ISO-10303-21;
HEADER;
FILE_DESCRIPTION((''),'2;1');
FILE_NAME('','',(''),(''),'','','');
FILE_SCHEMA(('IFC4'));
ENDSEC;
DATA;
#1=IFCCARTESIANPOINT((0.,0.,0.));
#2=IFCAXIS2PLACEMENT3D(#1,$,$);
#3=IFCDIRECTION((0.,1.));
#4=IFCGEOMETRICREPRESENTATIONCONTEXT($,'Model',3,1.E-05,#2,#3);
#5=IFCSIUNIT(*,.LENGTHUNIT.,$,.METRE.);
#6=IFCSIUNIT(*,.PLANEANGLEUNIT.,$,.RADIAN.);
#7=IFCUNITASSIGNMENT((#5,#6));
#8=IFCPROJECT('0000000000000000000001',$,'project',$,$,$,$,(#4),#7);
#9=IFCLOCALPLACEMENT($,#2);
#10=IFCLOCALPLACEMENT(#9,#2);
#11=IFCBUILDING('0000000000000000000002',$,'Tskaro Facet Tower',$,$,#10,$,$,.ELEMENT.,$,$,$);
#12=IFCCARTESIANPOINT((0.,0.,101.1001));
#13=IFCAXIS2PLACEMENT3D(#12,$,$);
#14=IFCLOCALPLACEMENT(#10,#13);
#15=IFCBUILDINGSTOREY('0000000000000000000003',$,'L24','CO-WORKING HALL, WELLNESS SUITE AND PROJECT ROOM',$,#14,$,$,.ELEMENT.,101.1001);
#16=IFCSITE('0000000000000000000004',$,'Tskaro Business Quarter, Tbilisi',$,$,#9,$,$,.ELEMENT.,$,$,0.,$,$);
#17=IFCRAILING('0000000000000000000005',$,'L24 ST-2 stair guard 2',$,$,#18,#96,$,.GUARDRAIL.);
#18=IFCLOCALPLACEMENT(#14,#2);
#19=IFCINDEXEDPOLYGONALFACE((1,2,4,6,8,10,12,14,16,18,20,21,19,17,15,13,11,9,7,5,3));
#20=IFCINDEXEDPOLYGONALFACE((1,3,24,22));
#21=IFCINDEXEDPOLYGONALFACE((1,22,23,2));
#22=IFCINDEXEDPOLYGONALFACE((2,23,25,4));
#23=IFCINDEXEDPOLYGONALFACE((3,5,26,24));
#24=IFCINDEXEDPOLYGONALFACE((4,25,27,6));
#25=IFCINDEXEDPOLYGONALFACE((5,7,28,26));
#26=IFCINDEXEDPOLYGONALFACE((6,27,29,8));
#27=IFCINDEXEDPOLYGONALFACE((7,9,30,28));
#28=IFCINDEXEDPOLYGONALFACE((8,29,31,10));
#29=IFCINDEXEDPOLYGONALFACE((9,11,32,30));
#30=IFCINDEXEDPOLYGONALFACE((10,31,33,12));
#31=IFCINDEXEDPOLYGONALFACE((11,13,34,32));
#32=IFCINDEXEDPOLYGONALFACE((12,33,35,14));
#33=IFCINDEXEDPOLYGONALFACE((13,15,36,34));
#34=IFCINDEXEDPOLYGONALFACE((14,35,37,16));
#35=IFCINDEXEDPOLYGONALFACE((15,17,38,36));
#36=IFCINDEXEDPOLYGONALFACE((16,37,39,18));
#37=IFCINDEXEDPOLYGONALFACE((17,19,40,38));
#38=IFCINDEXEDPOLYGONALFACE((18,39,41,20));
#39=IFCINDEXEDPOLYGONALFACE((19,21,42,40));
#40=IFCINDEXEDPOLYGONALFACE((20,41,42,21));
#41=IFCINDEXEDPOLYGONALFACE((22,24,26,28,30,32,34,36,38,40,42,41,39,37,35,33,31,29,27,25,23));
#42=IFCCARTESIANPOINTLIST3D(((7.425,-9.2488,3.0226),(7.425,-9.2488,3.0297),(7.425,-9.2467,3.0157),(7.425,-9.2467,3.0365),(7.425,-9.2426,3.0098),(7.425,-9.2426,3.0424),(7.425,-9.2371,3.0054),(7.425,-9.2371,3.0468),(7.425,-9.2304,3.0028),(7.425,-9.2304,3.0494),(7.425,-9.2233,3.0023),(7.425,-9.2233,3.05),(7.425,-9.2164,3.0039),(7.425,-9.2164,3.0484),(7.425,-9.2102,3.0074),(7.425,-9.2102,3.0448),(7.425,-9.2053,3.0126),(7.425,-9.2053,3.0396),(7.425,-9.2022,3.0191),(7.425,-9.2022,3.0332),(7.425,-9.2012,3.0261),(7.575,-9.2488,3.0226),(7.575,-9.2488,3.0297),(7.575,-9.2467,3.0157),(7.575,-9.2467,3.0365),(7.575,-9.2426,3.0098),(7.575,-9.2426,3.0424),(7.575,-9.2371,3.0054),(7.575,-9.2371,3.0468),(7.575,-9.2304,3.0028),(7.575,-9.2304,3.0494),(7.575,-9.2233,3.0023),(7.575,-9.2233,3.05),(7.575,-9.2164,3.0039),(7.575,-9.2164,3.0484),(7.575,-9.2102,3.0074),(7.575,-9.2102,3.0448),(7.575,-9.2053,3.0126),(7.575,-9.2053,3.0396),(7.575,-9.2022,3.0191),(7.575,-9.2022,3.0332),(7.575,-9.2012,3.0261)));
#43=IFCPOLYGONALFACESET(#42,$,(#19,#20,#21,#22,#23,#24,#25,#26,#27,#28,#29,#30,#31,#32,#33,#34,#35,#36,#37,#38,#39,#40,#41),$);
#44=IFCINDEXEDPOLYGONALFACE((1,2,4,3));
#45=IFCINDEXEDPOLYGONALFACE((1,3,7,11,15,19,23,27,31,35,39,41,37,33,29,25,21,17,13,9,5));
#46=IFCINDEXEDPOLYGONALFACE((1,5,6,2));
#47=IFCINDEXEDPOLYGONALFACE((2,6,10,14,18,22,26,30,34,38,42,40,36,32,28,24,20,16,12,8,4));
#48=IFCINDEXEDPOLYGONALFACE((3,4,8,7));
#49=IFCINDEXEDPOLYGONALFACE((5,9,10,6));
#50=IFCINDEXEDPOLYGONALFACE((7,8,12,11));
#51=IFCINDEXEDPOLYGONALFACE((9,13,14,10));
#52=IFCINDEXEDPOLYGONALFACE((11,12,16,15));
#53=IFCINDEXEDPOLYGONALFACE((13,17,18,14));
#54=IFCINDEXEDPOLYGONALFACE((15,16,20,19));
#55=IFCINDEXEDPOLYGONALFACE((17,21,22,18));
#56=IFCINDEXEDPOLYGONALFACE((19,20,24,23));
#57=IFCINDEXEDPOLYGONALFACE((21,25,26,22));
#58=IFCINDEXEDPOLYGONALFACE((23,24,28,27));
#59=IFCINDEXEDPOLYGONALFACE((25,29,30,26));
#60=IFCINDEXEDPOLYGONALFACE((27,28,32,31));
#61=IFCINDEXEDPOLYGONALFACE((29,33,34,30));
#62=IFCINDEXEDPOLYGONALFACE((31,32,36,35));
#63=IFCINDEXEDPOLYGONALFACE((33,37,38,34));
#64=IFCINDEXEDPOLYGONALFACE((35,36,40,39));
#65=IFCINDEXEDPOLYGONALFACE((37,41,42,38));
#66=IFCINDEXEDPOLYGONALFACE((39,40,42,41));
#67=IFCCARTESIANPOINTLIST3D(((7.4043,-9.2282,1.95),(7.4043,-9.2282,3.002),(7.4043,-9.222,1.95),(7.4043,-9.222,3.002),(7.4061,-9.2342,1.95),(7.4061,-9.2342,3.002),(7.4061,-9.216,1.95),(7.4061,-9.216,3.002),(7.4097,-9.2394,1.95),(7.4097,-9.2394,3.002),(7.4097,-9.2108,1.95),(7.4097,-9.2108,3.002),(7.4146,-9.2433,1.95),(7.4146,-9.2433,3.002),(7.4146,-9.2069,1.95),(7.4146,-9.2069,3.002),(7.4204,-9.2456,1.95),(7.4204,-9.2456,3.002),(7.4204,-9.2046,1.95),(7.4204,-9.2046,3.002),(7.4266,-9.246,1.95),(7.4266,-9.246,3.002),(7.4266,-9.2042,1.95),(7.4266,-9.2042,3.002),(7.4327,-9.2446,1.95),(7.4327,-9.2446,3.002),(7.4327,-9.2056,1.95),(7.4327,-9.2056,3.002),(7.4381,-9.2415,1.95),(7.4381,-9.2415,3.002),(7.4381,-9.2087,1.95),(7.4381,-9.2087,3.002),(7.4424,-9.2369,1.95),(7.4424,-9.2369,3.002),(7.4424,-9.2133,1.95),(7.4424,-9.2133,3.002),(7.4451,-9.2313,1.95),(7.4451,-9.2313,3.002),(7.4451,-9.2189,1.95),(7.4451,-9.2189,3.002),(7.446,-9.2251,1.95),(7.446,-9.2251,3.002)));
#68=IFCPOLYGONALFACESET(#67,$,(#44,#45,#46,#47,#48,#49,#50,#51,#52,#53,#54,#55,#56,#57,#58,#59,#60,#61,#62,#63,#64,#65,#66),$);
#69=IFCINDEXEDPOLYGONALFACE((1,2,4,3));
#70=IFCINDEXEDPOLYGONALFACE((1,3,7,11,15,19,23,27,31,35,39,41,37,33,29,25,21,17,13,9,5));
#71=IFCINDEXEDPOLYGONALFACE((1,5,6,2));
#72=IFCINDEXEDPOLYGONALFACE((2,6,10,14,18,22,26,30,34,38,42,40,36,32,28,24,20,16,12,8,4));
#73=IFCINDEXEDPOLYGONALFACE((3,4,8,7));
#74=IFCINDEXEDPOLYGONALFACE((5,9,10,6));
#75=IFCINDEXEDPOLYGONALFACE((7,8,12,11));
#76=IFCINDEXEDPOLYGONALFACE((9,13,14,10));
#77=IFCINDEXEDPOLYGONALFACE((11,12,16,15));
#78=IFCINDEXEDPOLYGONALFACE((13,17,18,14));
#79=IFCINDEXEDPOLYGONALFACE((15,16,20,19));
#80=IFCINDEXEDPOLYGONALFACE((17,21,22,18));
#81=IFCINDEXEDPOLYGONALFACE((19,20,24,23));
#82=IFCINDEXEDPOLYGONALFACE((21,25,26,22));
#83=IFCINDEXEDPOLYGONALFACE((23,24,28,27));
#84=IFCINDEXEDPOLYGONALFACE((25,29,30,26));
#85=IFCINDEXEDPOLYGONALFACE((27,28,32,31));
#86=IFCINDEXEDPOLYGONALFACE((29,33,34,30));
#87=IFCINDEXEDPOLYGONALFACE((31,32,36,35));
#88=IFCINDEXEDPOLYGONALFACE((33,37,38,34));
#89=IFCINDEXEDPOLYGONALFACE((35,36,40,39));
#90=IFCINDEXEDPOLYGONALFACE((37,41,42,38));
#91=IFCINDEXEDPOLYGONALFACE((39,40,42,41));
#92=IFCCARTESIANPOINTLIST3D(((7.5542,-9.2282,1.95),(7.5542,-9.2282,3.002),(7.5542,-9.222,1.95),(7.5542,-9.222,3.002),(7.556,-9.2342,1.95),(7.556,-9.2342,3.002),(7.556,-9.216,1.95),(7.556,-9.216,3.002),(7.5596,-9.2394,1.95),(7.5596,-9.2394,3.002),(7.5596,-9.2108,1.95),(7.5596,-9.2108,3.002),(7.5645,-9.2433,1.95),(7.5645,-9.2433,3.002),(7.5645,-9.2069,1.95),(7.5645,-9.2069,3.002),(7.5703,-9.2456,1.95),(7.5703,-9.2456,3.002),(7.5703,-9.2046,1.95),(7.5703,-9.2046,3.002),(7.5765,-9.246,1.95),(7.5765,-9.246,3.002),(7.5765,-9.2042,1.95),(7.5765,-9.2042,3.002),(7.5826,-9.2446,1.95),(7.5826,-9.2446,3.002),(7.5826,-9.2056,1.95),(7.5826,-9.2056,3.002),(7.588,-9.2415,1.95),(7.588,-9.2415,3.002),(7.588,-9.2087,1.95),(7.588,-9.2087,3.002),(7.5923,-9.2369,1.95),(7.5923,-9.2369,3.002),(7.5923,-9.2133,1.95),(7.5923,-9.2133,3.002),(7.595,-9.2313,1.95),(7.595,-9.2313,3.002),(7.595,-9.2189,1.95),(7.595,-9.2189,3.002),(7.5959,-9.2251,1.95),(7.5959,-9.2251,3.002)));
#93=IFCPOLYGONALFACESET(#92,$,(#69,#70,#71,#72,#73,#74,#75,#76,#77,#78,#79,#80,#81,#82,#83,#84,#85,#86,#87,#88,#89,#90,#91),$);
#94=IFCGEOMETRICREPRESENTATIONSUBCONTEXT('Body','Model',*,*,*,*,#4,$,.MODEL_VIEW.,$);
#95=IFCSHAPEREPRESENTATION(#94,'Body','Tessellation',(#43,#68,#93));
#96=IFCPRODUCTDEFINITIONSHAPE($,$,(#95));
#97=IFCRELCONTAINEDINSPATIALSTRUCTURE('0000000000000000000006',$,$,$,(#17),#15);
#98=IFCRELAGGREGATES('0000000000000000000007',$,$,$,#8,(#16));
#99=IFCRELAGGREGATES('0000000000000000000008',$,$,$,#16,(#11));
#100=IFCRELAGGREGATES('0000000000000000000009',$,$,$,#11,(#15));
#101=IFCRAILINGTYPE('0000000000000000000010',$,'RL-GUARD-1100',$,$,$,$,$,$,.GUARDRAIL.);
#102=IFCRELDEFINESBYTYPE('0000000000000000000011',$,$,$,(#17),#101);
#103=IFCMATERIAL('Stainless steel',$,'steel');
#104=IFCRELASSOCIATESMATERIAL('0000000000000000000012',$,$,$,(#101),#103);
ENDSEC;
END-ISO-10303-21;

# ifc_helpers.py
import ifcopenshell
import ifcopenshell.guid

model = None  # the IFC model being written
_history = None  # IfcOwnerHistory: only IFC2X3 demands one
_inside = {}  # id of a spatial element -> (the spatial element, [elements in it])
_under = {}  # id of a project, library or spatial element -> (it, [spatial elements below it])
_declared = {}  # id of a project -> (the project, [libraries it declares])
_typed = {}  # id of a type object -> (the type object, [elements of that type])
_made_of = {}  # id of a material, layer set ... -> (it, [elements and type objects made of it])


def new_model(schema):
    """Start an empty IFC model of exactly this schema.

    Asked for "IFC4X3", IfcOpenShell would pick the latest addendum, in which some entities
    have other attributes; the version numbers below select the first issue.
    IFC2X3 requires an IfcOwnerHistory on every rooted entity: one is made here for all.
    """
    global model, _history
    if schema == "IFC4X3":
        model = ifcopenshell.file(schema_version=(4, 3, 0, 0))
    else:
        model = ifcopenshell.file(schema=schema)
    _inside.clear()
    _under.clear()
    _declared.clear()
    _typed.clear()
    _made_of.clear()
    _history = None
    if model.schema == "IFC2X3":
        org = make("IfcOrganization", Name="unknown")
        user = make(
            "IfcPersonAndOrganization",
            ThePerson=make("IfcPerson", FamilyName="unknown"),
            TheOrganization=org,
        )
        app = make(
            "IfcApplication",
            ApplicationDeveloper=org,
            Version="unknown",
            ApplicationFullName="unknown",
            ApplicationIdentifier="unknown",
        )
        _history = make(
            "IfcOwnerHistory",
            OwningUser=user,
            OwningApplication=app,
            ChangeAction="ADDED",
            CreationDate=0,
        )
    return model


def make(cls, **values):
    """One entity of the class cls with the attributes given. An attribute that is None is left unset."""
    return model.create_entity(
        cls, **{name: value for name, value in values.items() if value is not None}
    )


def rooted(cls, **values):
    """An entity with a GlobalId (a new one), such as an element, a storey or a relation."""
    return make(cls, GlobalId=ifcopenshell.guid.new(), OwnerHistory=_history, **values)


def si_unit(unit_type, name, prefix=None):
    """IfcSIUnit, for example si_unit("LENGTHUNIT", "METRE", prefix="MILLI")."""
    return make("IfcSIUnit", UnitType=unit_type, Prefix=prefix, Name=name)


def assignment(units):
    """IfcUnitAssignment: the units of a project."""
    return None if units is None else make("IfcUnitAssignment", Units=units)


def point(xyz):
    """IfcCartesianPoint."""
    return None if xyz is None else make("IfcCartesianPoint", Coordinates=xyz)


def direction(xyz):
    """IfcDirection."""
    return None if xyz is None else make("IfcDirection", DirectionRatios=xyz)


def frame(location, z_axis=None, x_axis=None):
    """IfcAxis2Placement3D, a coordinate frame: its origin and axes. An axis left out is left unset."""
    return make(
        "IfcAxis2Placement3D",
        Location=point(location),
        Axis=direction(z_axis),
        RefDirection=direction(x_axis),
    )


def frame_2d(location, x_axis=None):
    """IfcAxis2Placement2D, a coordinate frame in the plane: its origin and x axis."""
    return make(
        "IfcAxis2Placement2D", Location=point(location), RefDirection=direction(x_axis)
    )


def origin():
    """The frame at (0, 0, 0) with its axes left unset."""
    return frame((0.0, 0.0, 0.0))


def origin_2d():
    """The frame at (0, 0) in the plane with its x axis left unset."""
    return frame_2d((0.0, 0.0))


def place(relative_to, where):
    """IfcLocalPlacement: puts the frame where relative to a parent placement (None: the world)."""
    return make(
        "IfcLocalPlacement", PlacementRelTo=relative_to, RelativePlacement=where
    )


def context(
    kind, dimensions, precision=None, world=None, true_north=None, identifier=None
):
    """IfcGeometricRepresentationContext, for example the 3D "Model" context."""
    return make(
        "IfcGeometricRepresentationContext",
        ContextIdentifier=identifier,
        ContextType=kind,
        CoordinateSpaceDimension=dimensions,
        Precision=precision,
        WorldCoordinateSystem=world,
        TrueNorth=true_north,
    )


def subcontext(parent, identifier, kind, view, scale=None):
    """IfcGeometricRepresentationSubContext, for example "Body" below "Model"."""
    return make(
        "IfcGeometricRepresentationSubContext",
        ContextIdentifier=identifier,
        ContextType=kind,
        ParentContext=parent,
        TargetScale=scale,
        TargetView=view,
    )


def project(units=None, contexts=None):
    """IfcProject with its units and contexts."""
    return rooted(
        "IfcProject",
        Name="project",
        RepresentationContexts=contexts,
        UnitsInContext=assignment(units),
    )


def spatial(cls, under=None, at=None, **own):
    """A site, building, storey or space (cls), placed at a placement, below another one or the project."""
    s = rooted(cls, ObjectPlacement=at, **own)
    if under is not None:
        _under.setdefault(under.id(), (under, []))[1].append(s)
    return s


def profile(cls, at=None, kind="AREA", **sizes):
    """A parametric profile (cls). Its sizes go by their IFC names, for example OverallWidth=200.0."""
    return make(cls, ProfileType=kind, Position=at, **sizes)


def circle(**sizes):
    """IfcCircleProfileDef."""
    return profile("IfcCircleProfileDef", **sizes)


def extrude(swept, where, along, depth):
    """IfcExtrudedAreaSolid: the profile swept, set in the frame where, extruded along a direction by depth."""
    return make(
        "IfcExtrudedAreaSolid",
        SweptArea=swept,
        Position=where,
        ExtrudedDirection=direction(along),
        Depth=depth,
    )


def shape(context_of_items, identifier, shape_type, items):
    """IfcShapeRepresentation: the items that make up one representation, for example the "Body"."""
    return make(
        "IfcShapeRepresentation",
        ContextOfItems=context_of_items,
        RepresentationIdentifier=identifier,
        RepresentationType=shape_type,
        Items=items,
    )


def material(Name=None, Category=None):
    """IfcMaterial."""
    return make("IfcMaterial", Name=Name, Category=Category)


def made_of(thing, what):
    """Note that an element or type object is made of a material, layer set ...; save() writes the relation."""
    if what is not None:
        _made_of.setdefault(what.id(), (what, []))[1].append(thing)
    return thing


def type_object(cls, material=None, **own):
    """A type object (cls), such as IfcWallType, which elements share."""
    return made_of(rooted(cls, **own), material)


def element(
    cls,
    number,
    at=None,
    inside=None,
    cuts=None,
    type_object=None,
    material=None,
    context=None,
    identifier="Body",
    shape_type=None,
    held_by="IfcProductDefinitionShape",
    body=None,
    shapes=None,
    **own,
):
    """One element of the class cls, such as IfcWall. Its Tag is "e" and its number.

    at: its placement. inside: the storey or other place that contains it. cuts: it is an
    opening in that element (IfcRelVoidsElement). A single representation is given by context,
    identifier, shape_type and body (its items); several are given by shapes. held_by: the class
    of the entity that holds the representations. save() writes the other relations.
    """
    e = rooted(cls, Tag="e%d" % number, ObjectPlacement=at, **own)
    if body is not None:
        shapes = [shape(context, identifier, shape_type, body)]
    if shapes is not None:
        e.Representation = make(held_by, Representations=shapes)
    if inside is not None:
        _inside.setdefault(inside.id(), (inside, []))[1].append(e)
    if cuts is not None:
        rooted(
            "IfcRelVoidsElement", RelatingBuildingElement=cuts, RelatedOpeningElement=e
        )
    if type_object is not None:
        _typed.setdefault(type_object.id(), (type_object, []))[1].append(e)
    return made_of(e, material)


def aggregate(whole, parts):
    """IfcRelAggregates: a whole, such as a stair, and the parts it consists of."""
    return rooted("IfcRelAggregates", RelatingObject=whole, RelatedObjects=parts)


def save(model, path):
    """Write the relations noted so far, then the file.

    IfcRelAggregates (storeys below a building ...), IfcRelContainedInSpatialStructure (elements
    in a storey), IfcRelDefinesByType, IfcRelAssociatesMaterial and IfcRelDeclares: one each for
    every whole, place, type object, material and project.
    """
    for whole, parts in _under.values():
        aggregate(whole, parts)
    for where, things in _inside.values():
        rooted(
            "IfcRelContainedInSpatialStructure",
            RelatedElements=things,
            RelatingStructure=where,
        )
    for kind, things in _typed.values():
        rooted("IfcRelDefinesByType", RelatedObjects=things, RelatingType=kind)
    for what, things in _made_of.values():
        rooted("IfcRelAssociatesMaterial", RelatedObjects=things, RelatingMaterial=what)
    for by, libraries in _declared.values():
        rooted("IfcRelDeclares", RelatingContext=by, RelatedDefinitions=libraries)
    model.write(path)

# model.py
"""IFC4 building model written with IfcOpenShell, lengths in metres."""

from ifc_helpers import new_model, si_unit, direction, frame, origin, origin_2d, place, context, subcontext, project, spatial, circle, extrude, material, type_object, element, save


model = new_model("IFC4")

# Units and contexts
model_context = context("Model", 3, precision=1e-05, world=origin(), true_north=direction((0.0, 1.0)))
body_context = subcontext(model_context, "Body", "Model", "MODEL_VIEW")
ifc_project = project(units=[si_unit("LENGTHUNIT", "METRE"), si_unit("PLANEANGLEUNIT", "RADIAN")], contexts=[model_context])

# Site, building, storey
site_placement = place(None, origin())
site = spatial("IfcSite", under=ifc_project, at=site_placement, Name="Tskaro Business Quarter, Tbilisi", CompositionType="ELEMENT", RefElevation=0.0)
building_placement = place(site_placement, origin())
building = spatial("IfcBuilding", under=site, at=building_placement, Name="Tskaro Facet Tower", CompositionType="ELEMENT")
storey_placement = place(building_placement, frame((0.0, 0.0, 101.1001)))
storey = spatial("IfcBuildingStorey", under=building, at=storey_placement, Name="L24", Description="CO-WORKING HALL, WELLNESS SUITE AND PROJECT ROOM", CompositionType="ELEMENT", Elevation=101.1001)

# Shared definitions
ifc_material_1 = material(Name="Stainless steel", Category="steel")

# Railing
railing_type_1 = type_object("IfcRailingType", Name="RL-GUARD-1100", PredefinedType="GUARDRAIL", material=ifc_material_1)
railing_1_placement = place(storey_placement, frame((7.425, -9.2251, 1.95)))
element("IfcRailing", 1, at=railing_1_placement, inside=storey, type_object=railing_type_1, Name="L24 ST-2 stair guard 2", PredefinedType="GUARDRAIL", context=body_context, shape_type="SweptSolid", body=[
    extrude(circle(Radius=0.0239, at=origin_2d()), frame((0.0, 0.0, 1.0762), z_axis=(1.0, 0.0, 0.0), x_axis=(0.0, 1.0, 0.0)), (0.0, 0.0, 1.0), 0.1499),
    extrude(circle(Radius=0.021, at=origin_2d()), origin(), (0.0, 0.0, 1.0), 1.052),
    extrude(circle(Radius=0.021, at=origin_2d()), frame((0.1499, 0.0, 0.0)), (0.0, 0.0, 1.0), 1.052),
])

save(model, "model.ifc")
